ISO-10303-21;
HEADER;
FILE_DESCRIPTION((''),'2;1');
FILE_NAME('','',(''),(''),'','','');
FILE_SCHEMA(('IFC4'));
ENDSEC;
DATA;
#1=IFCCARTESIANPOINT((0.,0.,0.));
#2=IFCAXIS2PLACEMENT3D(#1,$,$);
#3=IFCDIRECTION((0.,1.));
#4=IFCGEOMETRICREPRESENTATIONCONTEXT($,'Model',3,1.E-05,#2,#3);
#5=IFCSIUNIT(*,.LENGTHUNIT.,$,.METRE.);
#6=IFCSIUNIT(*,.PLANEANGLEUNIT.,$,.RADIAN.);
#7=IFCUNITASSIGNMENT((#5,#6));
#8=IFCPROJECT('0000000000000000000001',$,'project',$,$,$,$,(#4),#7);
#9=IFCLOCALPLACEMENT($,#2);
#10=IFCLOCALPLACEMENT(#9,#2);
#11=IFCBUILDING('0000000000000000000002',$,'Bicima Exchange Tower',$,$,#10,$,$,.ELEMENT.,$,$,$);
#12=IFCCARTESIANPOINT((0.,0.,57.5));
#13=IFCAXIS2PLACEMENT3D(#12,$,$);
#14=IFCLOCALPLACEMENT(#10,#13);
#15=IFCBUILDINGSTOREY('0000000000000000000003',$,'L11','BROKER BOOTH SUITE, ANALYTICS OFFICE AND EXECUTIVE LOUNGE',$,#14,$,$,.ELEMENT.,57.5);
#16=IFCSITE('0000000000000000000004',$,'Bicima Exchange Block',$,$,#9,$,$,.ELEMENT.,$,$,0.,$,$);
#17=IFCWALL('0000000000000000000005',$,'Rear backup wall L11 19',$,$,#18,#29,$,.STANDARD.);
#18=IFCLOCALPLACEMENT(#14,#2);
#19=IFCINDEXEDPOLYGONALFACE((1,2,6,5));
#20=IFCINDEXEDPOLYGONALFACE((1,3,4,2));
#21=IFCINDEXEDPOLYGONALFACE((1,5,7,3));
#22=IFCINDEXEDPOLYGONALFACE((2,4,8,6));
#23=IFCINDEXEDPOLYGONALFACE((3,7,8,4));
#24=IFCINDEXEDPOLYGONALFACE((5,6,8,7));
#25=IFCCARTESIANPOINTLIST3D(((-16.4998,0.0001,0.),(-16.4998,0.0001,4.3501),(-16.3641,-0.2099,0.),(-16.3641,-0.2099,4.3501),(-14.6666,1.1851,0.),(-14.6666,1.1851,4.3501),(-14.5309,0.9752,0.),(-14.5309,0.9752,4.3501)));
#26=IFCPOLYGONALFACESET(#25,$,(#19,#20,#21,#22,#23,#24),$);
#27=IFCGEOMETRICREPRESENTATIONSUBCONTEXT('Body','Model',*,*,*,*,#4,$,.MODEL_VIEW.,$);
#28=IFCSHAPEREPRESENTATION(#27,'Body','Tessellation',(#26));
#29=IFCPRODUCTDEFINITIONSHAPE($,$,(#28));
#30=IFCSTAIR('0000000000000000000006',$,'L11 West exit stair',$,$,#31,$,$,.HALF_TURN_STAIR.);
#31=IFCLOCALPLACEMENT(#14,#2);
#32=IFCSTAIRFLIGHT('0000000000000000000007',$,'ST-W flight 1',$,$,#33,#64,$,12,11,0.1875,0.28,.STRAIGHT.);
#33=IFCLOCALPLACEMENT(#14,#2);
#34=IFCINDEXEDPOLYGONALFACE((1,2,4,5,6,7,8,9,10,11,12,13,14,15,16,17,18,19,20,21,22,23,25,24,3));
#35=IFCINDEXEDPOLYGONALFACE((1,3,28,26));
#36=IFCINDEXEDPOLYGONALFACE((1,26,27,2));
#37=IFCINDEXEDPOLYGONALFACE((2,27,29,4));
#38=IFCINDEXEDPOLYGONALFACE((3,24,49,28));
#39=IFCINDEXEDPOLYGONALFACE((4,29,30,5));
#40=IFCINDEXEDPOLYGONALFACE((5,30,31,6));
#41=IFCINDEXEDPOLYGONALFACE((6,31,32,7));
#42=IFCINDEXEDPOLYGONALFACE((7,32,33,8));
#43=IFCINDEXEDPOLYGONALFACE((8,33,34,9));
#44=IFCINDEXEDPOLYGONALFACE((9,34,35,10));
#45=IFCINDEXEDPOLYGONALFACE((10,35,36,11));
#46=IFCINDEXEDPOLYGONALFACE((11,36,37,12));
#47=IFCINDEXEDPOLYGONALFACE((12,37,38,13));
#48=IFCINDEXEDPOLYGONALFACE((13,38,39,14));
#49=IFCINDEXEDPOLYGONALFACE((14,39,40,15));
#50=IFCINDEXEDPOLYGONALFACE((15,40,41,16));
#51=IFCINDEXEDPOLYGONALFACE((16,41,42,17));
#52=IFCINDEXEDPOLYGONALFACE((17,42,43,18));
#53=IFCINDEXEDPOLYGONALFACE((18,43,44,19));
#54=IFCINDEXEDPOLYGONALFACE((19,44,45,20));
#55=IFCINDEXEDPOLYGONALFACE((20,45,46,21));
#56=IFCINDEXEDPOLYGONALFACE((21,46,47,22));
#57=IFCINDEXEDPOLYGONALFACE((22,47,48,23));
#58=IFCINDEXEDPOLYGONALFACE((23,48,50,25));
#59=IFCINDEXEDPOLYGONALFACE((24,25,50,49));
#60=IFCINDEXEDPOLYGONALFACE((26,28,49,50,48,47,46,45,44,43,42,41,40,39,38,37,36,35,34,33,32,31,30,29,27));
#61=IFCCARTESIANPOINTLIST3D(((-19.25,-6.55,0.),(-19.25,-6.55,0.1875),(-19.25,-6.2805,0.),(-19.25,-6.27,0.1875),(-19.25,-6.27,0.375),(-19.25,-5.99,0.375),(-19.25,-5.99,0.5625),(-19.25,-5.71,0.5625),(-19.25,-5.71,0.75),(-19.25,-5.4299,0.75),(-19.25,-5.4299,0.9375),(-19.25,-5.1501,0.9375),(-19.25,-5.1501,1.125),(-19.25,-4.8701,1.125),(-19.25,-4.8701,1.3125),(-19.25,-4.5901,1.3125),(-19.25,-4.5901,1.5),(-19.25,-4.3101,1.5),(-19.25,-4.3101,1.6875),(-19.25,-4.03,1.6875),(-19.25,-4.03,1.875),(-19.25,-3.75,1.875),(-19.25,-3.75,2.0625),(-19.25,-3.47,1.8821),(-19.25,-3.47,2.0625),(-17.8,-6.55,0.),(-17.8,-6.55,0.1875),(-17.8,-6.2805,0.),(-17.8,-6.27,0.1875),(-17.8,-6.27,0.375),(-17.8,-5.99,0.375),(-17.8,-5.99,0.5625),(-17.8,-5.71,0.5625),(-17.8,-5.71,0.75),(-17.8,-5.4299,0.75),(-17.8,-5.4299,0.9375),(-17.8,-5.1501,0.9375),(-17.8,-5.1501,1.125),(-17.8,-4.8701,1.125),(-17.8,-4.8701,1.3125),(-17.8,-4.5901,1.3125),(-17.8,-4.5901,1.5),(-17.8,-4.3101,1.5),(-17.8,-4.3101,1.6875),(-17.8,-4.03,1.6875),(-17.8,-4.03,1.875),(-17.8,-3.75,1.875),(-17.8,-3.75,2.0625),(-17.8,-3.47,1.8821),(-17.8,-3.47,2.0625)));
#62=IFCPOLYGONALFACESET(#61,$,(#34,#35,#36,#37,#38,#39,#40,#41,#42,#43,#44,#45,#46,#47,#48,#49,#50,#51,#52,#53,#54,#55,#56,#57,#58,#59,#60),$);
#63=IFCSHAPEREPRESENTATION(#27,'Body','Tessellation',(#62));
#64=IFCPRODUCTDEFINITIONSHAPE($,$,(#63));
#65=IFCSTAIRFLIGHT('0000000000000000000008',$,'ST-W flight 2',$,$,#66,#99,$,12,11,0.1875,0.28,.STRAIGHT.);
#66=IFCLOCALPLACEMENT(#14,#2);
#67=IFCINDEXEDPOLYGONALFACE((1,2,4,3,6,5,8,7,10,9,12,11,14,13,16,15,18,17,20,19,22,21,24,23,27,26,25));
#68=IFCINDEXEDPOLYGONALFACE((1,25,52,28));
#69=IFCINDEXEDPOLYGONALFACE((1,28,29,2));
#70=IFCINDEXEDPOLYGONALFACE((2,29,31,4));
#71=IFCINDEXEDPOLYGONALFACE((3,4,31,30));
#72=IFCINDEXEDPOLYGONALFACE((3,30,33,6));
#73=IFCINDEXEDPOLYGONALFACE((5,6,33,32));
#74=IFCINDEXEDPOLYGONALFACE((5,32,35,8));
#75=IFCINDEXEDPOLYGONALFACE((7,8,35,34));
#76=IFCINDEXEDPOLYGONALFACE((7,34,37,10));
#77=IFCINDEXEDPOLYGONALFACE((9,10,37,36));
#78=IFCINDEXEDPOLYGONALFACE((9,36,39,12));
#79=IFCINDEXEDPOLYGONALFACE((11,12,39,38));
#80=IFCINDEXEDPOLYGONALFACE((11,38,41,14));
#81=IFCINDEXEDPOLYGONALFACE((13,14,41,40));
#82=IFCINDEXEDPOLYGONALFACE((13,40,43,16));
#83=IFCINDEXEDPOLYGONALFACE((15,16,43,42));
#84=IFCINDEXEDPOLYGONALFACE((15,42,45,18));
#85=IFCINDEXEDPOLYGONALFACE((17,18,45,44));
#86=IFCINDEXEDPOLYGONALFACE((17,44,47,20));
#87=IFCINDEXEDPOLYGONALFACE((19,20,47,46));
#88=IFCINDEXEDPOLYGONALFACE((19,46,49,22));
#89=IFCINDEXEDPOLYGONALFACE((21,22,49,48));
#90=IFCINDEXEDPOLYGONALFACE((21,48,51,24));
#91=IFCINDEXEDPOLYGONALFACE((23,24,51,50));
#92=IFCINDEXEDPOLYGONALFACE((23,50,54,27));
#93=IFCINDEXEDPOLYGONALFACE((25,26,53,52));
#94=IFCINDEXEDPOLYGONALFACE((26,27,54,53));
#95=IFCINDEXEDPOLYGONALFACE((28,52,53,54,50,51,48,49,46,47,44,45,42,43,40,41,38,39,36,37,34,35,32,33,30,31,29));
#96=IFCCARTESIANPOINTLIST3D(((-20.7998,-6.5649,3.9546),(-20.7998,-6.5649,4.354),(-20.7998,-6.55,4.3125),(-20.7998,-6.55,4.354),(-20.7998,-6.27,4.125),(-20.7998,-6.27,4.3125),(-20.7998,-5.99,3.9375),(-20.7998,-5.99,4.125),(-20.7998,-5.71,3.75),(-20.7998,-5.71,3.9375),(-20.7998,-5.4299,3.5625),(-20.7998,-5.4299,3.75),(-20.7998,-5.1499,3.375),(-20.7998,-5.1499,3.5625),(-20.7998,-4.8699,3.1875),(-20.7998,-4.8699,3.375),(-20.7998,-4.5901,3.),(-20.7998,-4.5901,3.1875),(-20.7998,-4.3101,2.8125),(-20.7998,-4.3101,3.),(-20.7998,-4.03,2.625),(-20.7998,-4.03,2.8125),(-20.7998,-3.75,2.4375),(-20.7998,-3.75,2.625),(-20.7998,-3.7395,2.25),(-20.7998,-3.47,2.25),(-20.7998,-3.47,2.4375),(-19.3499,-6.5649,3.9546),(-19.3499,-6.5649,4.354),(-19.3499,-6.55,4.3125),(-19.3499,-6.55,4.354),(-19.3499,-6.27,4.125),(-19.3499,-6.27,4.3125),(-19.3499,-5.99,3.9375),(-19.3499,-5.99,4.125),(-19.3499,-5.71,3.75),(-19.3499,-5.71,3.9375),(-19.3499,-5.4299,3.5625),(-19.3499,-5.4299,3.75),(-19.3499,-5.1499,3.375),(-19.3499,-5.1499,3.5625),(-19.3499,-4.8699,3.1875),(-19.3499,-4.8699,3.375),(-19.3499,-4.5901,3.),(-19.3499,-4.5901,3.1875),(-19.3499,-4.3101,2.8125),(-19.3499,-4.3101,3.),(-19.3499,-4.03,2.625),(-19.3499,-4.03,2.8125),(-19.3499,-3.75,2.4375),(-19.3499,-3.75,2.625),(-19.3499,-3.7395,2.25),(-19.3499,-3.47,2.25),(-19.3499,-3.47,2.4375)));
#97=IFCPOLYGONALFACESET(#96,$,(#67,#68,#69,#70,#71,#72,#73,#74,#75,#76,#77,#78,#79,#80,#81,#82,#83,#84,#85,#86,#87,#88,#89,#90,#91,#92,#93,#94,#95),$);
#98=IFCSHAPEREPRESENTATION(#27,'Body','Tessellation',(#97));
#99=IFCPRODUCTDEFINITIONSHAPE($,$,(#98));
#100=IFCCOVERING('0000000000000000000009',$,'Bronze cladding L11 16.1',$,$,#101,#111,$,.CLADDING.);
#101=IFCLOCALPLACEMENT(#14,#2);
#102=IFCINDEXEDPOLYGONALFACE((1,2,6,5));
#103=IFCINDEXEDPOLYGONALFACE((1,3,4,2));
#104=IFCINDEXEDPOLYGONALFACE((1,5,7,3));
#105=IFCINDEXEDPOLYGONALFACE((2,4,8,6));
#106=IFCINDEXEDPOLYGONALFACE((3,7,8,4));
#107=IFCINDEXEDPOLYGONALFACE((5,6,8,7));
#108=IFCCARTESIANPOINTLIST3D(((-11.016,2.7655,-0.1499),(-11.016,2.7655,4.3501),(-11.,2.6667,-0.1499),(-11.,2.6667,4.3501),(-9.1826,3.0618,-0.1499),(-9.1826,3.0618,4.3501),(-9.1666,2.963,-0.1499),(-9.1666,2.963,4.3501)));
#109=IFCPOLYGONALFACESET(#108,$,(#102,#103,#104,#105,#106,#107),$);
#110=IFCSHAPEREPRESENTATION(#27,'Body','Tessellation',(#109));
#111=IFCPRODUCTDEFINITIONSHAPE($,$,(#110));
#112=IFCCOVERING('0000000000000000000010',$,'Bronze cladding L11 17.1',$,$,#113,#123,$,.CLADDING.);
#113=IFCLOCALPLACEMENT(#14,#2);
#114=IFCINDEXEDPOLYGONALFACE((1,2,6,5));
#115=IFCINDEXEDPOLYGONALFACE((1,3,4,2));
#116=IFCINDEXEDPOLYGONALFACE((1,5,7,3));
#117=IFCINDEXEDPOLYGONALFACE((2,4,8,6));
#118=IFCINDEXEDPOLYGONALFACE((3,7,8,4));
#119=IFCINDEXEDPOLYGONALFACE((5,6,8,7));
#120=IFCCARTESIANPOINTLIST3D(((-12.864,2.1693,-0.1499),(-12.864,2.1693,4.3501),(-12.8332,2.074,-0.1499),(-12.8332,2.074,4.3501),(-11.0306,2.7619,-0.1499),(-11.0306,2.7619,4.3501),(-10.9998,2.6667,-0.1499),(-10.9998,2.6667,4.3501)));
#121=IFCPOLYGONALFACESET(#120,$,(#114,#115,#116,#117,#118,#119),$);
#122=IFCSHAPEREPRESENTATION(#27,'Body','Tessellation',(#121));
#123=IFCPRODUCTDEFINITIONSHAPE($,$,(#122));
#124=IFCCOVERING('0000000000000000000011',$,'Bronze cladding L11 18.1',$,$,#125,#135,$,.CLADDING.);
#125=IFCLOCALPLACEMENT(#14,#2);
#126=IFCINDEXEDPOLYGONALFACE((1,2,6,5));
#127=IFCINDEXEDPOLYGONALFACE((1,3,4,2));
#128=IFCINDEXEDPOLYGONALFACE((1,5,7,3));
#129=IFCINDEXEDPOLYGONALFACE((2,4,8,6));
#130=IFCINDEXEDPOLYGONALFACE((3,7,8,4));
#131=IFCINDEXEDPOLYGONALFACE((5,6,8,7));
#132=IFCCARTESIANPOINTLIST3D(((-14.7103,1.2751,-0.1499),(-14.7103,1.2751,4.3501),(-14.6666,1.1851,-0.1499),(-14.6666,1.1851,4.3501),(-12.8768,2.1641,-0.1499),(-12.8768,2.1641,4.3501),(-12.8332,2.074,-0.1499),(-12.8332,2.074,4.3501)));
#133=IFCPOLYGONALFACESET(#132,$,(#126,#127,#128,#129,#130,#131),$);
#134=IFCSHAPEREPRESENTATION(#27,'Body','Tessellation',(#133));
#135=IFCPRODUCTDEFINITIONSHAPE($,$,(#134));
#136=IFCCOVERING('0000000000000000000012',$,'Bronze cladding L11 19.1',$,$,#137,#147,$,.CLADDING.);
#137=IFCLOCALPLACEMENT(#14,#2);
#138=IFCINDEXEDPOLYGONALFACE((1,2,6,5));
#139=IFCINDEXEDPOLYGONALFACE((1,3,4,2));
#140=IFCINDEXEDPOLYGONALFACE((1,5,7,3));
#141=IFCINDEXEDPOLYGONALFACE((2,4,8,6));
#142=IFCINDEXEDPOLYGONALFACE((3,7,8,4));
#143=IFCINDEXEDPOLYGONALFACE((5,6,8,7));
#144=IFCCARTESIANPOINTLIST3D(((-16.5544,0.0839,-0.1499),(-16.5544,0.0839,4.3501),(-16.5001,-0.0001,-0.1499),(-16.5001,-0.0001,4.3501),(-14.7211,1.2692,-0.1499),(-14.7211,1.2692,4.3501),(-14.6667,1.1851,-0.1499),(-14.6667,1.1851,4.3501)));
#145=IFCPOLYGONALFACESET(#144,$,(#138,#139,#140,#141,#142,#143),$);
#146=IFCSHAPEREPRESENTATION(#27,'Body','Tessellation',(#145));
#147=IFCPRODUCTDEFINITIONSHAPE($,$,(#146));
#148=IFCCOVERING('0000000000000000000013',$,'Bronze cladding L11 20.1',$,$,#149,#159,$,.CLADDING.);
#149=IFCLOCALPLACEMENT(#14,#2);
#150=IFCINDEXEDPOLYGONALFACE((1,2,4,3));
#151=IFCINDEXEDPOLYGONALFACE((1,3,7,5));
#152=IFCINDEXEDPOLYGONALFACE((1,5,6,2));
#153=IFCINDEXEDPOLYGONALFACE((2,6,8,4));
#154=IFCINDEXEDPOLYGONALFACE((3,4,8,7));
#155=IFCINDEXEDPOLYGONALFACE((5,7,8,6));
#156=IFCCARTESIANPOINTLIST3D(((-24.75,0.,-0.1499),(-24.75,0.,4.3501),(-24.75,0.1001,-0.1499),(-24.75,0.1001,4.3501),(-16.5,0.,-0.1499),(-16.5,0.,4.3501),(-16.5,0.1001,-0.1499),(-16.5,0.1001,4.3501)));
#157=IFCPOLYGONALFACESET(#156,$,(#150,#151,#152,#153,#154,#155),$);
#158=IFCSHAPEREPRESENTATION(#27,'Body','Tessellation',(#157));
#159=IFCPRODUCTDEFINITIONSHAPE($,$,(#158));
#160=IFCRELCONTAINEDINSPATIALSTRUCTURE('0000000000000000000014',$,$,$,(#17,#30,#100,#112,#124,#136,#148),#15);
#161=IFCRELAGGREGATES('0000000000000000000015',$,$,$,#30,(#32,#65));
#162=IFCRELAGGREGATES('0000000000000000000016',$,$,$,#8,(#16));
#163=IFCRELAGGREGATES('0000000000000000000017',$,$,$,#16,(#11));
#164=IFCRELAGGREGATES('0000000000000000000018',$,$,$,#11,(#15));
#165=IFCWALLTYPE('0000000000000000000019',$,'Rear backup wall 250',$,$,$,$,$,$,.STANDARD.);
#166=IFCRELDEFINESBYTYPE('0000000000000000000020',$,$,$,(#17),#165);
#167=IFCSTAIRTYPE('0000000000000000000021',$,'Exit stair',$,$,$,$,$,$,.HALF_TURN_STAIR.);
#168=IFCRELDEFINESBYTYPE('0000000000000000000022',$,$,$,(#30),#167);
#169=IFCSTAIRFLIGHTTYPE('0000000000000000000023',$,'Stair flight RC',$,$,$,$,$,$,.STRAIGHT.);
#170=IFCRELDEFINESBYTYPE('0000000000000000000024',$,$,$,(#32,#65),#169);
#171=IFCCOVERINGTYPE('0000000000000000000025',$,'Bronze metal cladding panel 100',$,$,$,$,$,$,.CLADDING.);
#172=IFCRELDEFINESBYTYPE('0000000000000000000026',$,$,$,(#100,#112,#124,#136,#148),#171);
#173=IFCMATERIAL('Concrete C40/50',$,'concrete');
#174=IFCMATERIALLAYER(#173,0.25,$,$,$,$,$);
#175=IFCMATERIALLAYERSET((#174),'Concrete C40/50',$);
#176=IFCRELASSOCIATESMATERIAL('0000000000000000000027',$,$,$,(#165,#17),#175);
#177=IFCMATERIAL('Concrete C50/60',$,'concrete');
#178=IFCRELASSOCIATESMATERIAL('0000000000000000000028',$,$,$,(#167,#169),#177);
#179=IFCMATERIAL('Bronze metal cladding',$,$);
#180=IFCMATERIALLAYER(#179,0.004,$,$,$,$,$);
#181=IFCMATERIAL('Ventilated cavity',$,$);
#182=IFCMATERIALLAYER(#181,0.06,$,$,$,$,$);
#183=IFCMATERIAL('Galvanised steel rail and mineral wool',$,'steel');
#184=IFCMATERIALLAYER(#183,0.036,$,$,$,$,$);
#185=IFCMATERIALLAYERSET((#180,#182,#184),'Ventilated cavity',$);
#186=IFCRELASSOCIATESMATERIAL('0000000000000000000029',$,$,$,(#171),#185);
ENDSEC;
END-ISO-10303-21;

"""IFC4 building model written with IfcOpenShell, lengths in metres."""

from ifc_helpers import new_model, si_unit, direction, frame, frame_2d, origin, origin_2d, place, context, subcontext, project, spatial, polyline, rectangle, outline, extrude, material, layer, layer_set, layer_usage, type_object, element, aggregate, save


model = new_model("IFC4")

# Units and contexts
model_context = context("Model", 3, precision=1e-05, world=origin(), true_north=direction((0.0, 1.0)))
body_context = subcontext(model_context, "Body", "Model", "MODEL_VIEW")
ifc_project = project(units=[si_unit("LENGTHUNIT", "METRE"), si_unit("PLANEANGLEUNIT", "RADIAN")], contexts=[model_context])

# Site, building, storey
site_placement = place(None, origin())
site = spatial("IfcSite", under=ifc_project, at=site_placement, Name="Bicima Exchange Block", CompositionType="ELEMENT", RefElevation=0.0)
building_placement = place(site_placement, origin())
building = spatial("IfcBuilding", under=site, at=building_placement, Name="Bicima Exchange Tower", CompositionType="ELEMENT")
storey_placement = place(building_placement, frame((0.0, 0.0, 57.5)))
storey = spatial("IfcBuildingStorey", under=building, at=storey_placement, Name="L11", Description="BROKER BOOTH SUITE, ANALYTICS OFFICE AND EXECUTIVE LOUNGE", CompositionType="ELEMENT", Elevation=57.5)

# Shared definitions
ifc_material_1 = material(Name="Concrete C50/60", Category="concrete")

# Wall
ifc_material_2 = material(Name="Concrete C40/50", Category="concrete")
ifc_layer_1 = layer(ifc_material_2, 0.25)
ifc_layer_set_1 = layer_set([ifc_layer_1], Name="Concrete C40/50")
ifc_layer_usage = layer_usage(ifc_layer_set_1, "AXIS2", "POSITIVE", -0.125)
wall_type_1 = type_object("IfcWallType", Name="Rear backup wall 250", PredefinedType="STANDARD", material=ifc_layer_set_1)
wall_1_placement = place(storey_placement, frame((-14.5989, 1.0801, 0.0), z_axis=(0.0, 0.0, 1.0), x_axis=(-0.839813, -0.542876, 0.0)))
element("IfcWall", 1, at=wall_1_placement, inside=storey, type_object=wall_type_1, material=ifc_layer_usage, Name="Rear backup wall L11 19", PredefinedType="STANDARD", context=body_context, shape_type="SweptSolid", body=[
    extrude(rectangle(XDim=2.1829, YDim=0.25, at=frame_2d((1.0913, 0.0))), origin(), (0.0, 0.0, 1.0), 4.3501),
])

# Stair, stair flights
stair_type = type_object("IfcStairType", Name="Exit stair", PredefinedType="HALF_TURN_STAIR", material=ifc_material_1)
stair_placement = place(storey_placement, origin())
stair = element("IfcStair", 2, at=stair_placement, inside=storey, type_object=stair_type, Name="L11 West exit stair", PredefinedType="HALF_TURN_STAIR")
stair_flight_type = type_object("IfcStairFlightType", Name="Stair flight RC", PredefinedType="STRAIGHT", material=ifc_material_1)
stair_flight_1_placement = place(storey_placement, frame((-18.5249, -6.55, 0.0), z_axis=(0.0, 0.0, 1.0), x_axis=(0.0, 1.0, 0.0)))
stair_flight_1 = element("IfcStairFlight", 3, at=stair_flight_1_placement, type_object=stair_flight_type, Name="ST-W flight 1", NumberOfRisers=12, NumberOfTreads=11, PredefinedType="STRAIGHT", RiserHeight=0.1875, TreadLength=0.28, context=body_context, shape_type="SweptSolid", body=[
    extrude(outline(polyline([(0.0, 0.0), (0.0, 0.1875), (0.28, 0.1875), (0.28, 0.375), (0.5601, 0.375), (0.5601, 0.5625), (0.8401, 0.5625), (0.8401, 0.75), (1.1201, 0.75), (1.1201, 0.9375), (1.3999, 0.9375), (1.3999, 1.125), (1.6799, 1.125), (1.6799, 1.3125), (1.96, 1.3125), (1.96, 1.5), (2.24, 1.5), (2.24, 1.6875), (2.52, 1.6875), (2.52, 1.875), (2.8, 1.875), (2.8, 2.0625), (3.0801, 2.0625), (3.0801, 2.25), (3.0801, 1.8821), (0.2695, 0.0), (0.0, 0.0)])), frame((0.0, 0.7251, 0.0), z_axis=(0.0, -1.0, 0.0), x_axis=(1.0, 0.0, 0.0)), (0.0, 0.0, 1.0), 1.45),
])
stair_flight_2_placement = place(storey_placement, frame((-20.075, -3.47, 2.25), z_axis=(0.0, 0.0, 1.0), x_axis=(0.0, -1.0, 0.0)))
stair_flight_2 = element("IfcStairFlight", 4, at=stair_flight_2_placement, type_object=stair_flight_type, Name="ST-W flight 2", NumberOfRisers=12, NumberOfTreads=11, PredefinedType="STRAIGHT", RiserHeight=0.1875, TreadLength=0.28, context=body_context, shape_type="SweptSolid", body=[
    extrude(outline(polyline([(0.0, 0.0), (0.0, 0.1875), (0.28, 0.1875), (0.28, 0.375), (0.5601, 0.375), (0.5601, 0.5625), (0.8401, 0.5625), (0.8401, 0.75), (1.1201, 0.75), (1.1201, 0.9375), (1.3999, 0.9375), (1.3999, 1.125), (1.6799, 1.125), (1.6799, 1.3125), (1.96, 1.3125), (1.96, 1.5), (2.24, 1.5), (2.24, 1.6875), (2.52, 1.6875), (2.52, 1.875), (2.8, 1.875), (2.8, 2.0625), (3.0801, 2.0625), (3.0801, 2.104), (3.095, 2.104), (3.095, 1.7046), (0.2695, 0.0), (0.0, 0.0)])), frame((0.0, 0.7251, 0.0), z_axis=(0.0, -1.0, 0.0), x_axis=(1.0, 0.0, 0.0)), (0.0, 0.0, 1.0), 1.45),
])
aggregate(stair, [stair_flight_1, stair_flight_2])

# Coverings
ifc_material_3 = material(Name="Bronze metal cladding")
ifc_layer_2 = layer(ifc_material_3, 0.004)
ifc_material_4 = material(Name="Ventilated cavity")
ifc_layer_3 = layer(ifc_material_4, 0.06)
ifc_material_5 = material(Name="Galvanised steel rail and mineral wool", Category="steel")
ifc_layer_4 = layer(ifc_material_5, 0.036)
ifc_layer_set_2 = layer_set([ifc_layer_2, ifc_layer_3, ifc_layer_4], Name="Ventilated cavity")
covering_type = type_object("IfcCoveringType", Name="Bronze metal cladding panel 100", PredefinedType="CLADDING", material=ifc_layer_set_2)
covering_1_placement = place(storey_placement, frame((-10.0913, 2.8643, -0.1499), z_axis=(0.0, 0.0, 1.0), x_axis=(-0.98719, -0.15955, 0.0)))
element("IfcCovering", 5, at=covering_1_placement, inside=storey, type_object=covering_type, Name="Bronze cladding L11 16.1", PredefinedType="CLADDING", context=body_context, shape_type="SweptSolid", body=[
    extrude(rectangle(XDim=1.8572, YDim=0.1001, at=origin_2d()), origin(), (0.0, 0.0, 1.0), 4.5),
])
covering_2_placement = place(storey_placement, frame((-11.9319, 2.418, -0.1499), z_axis=(0.0, 0.0, 1.0), x_axis=(-0.951525, -0.307573, 0.0)))
element("IfcCovering", 6, at=covering_2_placement, inside=storey, type_object=covering_type, Name="Bronze cladding L11 17.1", PredefinedType="CLADDING", context=body_context, shape_type="SweptSolid", body=[
    extrude(rectangle(XDim=1.9268, YDim=0.1001, at=origin_2d()), origin(), (0.0, 0.0, 1.0), 4.5),
])
covering_3_placement = place(storey_placement, frame((-13.7717, 1.6746, -0.1499), z_axis=(0.0, 0.0, 1.0), x_axis=(-0.899818, -0.436265, 0.0)))
element("IfcCovering", 7, at=covering_3_placement, inside=storey, type_object=covering_type, Name="Bronze cladding L11 18.1", PredefinedType="CLADDING", context=body_context, shape_type="SweptSolid", body=[
    extrude(rectangle(XDim=2.0376, YDim=0.1001, at=origin_2d()), origin(), (0.0, 0.0, 1.0), 4.5),
])
covering_4_placement = place(storey_placement, frame((-15.6106, 0.6345, -0.1499), z_axis=(0.0, 0.0, 1.0), x_axis=(-0.83979, -0.542911, 0.0)))
element("IfcCovering", 8, at=covering_4_placement, inside=storey, type_object=covering_type, Name="Bronze cladding L11 19.1", PredefinedType="CLADDING", context=body_context, shape_type="SweptSolid", body=[
    extrude(rectangle(XDim=2.1831, YDim=0.1001, at=origin_2d()), origin(), (0.0, 0.0, 1.0), 4.5),
])
covering_5_placement = place(storey_placement, frame((-20.625, 0.05, -0.1499), z_axis=(0.0, 0.0, 1.0), x_axis=(-1.0, 0.0, 0.0)))
element("IfcCovering", 9, at=covering_5_placement, inside=storey, type_object=covering_type, Name="Bronze cladding L11 20.1", PredefinedType="CLADDING", context=body_context, shape_type="SweptSolid", body=[
    extrude(rectangle(XDim=8.25, YDim=0.1001, at=origin_2d()), origin(), (0.0, 0.0, 1.0), 4.5),
])

save(model, "model.ifc")
